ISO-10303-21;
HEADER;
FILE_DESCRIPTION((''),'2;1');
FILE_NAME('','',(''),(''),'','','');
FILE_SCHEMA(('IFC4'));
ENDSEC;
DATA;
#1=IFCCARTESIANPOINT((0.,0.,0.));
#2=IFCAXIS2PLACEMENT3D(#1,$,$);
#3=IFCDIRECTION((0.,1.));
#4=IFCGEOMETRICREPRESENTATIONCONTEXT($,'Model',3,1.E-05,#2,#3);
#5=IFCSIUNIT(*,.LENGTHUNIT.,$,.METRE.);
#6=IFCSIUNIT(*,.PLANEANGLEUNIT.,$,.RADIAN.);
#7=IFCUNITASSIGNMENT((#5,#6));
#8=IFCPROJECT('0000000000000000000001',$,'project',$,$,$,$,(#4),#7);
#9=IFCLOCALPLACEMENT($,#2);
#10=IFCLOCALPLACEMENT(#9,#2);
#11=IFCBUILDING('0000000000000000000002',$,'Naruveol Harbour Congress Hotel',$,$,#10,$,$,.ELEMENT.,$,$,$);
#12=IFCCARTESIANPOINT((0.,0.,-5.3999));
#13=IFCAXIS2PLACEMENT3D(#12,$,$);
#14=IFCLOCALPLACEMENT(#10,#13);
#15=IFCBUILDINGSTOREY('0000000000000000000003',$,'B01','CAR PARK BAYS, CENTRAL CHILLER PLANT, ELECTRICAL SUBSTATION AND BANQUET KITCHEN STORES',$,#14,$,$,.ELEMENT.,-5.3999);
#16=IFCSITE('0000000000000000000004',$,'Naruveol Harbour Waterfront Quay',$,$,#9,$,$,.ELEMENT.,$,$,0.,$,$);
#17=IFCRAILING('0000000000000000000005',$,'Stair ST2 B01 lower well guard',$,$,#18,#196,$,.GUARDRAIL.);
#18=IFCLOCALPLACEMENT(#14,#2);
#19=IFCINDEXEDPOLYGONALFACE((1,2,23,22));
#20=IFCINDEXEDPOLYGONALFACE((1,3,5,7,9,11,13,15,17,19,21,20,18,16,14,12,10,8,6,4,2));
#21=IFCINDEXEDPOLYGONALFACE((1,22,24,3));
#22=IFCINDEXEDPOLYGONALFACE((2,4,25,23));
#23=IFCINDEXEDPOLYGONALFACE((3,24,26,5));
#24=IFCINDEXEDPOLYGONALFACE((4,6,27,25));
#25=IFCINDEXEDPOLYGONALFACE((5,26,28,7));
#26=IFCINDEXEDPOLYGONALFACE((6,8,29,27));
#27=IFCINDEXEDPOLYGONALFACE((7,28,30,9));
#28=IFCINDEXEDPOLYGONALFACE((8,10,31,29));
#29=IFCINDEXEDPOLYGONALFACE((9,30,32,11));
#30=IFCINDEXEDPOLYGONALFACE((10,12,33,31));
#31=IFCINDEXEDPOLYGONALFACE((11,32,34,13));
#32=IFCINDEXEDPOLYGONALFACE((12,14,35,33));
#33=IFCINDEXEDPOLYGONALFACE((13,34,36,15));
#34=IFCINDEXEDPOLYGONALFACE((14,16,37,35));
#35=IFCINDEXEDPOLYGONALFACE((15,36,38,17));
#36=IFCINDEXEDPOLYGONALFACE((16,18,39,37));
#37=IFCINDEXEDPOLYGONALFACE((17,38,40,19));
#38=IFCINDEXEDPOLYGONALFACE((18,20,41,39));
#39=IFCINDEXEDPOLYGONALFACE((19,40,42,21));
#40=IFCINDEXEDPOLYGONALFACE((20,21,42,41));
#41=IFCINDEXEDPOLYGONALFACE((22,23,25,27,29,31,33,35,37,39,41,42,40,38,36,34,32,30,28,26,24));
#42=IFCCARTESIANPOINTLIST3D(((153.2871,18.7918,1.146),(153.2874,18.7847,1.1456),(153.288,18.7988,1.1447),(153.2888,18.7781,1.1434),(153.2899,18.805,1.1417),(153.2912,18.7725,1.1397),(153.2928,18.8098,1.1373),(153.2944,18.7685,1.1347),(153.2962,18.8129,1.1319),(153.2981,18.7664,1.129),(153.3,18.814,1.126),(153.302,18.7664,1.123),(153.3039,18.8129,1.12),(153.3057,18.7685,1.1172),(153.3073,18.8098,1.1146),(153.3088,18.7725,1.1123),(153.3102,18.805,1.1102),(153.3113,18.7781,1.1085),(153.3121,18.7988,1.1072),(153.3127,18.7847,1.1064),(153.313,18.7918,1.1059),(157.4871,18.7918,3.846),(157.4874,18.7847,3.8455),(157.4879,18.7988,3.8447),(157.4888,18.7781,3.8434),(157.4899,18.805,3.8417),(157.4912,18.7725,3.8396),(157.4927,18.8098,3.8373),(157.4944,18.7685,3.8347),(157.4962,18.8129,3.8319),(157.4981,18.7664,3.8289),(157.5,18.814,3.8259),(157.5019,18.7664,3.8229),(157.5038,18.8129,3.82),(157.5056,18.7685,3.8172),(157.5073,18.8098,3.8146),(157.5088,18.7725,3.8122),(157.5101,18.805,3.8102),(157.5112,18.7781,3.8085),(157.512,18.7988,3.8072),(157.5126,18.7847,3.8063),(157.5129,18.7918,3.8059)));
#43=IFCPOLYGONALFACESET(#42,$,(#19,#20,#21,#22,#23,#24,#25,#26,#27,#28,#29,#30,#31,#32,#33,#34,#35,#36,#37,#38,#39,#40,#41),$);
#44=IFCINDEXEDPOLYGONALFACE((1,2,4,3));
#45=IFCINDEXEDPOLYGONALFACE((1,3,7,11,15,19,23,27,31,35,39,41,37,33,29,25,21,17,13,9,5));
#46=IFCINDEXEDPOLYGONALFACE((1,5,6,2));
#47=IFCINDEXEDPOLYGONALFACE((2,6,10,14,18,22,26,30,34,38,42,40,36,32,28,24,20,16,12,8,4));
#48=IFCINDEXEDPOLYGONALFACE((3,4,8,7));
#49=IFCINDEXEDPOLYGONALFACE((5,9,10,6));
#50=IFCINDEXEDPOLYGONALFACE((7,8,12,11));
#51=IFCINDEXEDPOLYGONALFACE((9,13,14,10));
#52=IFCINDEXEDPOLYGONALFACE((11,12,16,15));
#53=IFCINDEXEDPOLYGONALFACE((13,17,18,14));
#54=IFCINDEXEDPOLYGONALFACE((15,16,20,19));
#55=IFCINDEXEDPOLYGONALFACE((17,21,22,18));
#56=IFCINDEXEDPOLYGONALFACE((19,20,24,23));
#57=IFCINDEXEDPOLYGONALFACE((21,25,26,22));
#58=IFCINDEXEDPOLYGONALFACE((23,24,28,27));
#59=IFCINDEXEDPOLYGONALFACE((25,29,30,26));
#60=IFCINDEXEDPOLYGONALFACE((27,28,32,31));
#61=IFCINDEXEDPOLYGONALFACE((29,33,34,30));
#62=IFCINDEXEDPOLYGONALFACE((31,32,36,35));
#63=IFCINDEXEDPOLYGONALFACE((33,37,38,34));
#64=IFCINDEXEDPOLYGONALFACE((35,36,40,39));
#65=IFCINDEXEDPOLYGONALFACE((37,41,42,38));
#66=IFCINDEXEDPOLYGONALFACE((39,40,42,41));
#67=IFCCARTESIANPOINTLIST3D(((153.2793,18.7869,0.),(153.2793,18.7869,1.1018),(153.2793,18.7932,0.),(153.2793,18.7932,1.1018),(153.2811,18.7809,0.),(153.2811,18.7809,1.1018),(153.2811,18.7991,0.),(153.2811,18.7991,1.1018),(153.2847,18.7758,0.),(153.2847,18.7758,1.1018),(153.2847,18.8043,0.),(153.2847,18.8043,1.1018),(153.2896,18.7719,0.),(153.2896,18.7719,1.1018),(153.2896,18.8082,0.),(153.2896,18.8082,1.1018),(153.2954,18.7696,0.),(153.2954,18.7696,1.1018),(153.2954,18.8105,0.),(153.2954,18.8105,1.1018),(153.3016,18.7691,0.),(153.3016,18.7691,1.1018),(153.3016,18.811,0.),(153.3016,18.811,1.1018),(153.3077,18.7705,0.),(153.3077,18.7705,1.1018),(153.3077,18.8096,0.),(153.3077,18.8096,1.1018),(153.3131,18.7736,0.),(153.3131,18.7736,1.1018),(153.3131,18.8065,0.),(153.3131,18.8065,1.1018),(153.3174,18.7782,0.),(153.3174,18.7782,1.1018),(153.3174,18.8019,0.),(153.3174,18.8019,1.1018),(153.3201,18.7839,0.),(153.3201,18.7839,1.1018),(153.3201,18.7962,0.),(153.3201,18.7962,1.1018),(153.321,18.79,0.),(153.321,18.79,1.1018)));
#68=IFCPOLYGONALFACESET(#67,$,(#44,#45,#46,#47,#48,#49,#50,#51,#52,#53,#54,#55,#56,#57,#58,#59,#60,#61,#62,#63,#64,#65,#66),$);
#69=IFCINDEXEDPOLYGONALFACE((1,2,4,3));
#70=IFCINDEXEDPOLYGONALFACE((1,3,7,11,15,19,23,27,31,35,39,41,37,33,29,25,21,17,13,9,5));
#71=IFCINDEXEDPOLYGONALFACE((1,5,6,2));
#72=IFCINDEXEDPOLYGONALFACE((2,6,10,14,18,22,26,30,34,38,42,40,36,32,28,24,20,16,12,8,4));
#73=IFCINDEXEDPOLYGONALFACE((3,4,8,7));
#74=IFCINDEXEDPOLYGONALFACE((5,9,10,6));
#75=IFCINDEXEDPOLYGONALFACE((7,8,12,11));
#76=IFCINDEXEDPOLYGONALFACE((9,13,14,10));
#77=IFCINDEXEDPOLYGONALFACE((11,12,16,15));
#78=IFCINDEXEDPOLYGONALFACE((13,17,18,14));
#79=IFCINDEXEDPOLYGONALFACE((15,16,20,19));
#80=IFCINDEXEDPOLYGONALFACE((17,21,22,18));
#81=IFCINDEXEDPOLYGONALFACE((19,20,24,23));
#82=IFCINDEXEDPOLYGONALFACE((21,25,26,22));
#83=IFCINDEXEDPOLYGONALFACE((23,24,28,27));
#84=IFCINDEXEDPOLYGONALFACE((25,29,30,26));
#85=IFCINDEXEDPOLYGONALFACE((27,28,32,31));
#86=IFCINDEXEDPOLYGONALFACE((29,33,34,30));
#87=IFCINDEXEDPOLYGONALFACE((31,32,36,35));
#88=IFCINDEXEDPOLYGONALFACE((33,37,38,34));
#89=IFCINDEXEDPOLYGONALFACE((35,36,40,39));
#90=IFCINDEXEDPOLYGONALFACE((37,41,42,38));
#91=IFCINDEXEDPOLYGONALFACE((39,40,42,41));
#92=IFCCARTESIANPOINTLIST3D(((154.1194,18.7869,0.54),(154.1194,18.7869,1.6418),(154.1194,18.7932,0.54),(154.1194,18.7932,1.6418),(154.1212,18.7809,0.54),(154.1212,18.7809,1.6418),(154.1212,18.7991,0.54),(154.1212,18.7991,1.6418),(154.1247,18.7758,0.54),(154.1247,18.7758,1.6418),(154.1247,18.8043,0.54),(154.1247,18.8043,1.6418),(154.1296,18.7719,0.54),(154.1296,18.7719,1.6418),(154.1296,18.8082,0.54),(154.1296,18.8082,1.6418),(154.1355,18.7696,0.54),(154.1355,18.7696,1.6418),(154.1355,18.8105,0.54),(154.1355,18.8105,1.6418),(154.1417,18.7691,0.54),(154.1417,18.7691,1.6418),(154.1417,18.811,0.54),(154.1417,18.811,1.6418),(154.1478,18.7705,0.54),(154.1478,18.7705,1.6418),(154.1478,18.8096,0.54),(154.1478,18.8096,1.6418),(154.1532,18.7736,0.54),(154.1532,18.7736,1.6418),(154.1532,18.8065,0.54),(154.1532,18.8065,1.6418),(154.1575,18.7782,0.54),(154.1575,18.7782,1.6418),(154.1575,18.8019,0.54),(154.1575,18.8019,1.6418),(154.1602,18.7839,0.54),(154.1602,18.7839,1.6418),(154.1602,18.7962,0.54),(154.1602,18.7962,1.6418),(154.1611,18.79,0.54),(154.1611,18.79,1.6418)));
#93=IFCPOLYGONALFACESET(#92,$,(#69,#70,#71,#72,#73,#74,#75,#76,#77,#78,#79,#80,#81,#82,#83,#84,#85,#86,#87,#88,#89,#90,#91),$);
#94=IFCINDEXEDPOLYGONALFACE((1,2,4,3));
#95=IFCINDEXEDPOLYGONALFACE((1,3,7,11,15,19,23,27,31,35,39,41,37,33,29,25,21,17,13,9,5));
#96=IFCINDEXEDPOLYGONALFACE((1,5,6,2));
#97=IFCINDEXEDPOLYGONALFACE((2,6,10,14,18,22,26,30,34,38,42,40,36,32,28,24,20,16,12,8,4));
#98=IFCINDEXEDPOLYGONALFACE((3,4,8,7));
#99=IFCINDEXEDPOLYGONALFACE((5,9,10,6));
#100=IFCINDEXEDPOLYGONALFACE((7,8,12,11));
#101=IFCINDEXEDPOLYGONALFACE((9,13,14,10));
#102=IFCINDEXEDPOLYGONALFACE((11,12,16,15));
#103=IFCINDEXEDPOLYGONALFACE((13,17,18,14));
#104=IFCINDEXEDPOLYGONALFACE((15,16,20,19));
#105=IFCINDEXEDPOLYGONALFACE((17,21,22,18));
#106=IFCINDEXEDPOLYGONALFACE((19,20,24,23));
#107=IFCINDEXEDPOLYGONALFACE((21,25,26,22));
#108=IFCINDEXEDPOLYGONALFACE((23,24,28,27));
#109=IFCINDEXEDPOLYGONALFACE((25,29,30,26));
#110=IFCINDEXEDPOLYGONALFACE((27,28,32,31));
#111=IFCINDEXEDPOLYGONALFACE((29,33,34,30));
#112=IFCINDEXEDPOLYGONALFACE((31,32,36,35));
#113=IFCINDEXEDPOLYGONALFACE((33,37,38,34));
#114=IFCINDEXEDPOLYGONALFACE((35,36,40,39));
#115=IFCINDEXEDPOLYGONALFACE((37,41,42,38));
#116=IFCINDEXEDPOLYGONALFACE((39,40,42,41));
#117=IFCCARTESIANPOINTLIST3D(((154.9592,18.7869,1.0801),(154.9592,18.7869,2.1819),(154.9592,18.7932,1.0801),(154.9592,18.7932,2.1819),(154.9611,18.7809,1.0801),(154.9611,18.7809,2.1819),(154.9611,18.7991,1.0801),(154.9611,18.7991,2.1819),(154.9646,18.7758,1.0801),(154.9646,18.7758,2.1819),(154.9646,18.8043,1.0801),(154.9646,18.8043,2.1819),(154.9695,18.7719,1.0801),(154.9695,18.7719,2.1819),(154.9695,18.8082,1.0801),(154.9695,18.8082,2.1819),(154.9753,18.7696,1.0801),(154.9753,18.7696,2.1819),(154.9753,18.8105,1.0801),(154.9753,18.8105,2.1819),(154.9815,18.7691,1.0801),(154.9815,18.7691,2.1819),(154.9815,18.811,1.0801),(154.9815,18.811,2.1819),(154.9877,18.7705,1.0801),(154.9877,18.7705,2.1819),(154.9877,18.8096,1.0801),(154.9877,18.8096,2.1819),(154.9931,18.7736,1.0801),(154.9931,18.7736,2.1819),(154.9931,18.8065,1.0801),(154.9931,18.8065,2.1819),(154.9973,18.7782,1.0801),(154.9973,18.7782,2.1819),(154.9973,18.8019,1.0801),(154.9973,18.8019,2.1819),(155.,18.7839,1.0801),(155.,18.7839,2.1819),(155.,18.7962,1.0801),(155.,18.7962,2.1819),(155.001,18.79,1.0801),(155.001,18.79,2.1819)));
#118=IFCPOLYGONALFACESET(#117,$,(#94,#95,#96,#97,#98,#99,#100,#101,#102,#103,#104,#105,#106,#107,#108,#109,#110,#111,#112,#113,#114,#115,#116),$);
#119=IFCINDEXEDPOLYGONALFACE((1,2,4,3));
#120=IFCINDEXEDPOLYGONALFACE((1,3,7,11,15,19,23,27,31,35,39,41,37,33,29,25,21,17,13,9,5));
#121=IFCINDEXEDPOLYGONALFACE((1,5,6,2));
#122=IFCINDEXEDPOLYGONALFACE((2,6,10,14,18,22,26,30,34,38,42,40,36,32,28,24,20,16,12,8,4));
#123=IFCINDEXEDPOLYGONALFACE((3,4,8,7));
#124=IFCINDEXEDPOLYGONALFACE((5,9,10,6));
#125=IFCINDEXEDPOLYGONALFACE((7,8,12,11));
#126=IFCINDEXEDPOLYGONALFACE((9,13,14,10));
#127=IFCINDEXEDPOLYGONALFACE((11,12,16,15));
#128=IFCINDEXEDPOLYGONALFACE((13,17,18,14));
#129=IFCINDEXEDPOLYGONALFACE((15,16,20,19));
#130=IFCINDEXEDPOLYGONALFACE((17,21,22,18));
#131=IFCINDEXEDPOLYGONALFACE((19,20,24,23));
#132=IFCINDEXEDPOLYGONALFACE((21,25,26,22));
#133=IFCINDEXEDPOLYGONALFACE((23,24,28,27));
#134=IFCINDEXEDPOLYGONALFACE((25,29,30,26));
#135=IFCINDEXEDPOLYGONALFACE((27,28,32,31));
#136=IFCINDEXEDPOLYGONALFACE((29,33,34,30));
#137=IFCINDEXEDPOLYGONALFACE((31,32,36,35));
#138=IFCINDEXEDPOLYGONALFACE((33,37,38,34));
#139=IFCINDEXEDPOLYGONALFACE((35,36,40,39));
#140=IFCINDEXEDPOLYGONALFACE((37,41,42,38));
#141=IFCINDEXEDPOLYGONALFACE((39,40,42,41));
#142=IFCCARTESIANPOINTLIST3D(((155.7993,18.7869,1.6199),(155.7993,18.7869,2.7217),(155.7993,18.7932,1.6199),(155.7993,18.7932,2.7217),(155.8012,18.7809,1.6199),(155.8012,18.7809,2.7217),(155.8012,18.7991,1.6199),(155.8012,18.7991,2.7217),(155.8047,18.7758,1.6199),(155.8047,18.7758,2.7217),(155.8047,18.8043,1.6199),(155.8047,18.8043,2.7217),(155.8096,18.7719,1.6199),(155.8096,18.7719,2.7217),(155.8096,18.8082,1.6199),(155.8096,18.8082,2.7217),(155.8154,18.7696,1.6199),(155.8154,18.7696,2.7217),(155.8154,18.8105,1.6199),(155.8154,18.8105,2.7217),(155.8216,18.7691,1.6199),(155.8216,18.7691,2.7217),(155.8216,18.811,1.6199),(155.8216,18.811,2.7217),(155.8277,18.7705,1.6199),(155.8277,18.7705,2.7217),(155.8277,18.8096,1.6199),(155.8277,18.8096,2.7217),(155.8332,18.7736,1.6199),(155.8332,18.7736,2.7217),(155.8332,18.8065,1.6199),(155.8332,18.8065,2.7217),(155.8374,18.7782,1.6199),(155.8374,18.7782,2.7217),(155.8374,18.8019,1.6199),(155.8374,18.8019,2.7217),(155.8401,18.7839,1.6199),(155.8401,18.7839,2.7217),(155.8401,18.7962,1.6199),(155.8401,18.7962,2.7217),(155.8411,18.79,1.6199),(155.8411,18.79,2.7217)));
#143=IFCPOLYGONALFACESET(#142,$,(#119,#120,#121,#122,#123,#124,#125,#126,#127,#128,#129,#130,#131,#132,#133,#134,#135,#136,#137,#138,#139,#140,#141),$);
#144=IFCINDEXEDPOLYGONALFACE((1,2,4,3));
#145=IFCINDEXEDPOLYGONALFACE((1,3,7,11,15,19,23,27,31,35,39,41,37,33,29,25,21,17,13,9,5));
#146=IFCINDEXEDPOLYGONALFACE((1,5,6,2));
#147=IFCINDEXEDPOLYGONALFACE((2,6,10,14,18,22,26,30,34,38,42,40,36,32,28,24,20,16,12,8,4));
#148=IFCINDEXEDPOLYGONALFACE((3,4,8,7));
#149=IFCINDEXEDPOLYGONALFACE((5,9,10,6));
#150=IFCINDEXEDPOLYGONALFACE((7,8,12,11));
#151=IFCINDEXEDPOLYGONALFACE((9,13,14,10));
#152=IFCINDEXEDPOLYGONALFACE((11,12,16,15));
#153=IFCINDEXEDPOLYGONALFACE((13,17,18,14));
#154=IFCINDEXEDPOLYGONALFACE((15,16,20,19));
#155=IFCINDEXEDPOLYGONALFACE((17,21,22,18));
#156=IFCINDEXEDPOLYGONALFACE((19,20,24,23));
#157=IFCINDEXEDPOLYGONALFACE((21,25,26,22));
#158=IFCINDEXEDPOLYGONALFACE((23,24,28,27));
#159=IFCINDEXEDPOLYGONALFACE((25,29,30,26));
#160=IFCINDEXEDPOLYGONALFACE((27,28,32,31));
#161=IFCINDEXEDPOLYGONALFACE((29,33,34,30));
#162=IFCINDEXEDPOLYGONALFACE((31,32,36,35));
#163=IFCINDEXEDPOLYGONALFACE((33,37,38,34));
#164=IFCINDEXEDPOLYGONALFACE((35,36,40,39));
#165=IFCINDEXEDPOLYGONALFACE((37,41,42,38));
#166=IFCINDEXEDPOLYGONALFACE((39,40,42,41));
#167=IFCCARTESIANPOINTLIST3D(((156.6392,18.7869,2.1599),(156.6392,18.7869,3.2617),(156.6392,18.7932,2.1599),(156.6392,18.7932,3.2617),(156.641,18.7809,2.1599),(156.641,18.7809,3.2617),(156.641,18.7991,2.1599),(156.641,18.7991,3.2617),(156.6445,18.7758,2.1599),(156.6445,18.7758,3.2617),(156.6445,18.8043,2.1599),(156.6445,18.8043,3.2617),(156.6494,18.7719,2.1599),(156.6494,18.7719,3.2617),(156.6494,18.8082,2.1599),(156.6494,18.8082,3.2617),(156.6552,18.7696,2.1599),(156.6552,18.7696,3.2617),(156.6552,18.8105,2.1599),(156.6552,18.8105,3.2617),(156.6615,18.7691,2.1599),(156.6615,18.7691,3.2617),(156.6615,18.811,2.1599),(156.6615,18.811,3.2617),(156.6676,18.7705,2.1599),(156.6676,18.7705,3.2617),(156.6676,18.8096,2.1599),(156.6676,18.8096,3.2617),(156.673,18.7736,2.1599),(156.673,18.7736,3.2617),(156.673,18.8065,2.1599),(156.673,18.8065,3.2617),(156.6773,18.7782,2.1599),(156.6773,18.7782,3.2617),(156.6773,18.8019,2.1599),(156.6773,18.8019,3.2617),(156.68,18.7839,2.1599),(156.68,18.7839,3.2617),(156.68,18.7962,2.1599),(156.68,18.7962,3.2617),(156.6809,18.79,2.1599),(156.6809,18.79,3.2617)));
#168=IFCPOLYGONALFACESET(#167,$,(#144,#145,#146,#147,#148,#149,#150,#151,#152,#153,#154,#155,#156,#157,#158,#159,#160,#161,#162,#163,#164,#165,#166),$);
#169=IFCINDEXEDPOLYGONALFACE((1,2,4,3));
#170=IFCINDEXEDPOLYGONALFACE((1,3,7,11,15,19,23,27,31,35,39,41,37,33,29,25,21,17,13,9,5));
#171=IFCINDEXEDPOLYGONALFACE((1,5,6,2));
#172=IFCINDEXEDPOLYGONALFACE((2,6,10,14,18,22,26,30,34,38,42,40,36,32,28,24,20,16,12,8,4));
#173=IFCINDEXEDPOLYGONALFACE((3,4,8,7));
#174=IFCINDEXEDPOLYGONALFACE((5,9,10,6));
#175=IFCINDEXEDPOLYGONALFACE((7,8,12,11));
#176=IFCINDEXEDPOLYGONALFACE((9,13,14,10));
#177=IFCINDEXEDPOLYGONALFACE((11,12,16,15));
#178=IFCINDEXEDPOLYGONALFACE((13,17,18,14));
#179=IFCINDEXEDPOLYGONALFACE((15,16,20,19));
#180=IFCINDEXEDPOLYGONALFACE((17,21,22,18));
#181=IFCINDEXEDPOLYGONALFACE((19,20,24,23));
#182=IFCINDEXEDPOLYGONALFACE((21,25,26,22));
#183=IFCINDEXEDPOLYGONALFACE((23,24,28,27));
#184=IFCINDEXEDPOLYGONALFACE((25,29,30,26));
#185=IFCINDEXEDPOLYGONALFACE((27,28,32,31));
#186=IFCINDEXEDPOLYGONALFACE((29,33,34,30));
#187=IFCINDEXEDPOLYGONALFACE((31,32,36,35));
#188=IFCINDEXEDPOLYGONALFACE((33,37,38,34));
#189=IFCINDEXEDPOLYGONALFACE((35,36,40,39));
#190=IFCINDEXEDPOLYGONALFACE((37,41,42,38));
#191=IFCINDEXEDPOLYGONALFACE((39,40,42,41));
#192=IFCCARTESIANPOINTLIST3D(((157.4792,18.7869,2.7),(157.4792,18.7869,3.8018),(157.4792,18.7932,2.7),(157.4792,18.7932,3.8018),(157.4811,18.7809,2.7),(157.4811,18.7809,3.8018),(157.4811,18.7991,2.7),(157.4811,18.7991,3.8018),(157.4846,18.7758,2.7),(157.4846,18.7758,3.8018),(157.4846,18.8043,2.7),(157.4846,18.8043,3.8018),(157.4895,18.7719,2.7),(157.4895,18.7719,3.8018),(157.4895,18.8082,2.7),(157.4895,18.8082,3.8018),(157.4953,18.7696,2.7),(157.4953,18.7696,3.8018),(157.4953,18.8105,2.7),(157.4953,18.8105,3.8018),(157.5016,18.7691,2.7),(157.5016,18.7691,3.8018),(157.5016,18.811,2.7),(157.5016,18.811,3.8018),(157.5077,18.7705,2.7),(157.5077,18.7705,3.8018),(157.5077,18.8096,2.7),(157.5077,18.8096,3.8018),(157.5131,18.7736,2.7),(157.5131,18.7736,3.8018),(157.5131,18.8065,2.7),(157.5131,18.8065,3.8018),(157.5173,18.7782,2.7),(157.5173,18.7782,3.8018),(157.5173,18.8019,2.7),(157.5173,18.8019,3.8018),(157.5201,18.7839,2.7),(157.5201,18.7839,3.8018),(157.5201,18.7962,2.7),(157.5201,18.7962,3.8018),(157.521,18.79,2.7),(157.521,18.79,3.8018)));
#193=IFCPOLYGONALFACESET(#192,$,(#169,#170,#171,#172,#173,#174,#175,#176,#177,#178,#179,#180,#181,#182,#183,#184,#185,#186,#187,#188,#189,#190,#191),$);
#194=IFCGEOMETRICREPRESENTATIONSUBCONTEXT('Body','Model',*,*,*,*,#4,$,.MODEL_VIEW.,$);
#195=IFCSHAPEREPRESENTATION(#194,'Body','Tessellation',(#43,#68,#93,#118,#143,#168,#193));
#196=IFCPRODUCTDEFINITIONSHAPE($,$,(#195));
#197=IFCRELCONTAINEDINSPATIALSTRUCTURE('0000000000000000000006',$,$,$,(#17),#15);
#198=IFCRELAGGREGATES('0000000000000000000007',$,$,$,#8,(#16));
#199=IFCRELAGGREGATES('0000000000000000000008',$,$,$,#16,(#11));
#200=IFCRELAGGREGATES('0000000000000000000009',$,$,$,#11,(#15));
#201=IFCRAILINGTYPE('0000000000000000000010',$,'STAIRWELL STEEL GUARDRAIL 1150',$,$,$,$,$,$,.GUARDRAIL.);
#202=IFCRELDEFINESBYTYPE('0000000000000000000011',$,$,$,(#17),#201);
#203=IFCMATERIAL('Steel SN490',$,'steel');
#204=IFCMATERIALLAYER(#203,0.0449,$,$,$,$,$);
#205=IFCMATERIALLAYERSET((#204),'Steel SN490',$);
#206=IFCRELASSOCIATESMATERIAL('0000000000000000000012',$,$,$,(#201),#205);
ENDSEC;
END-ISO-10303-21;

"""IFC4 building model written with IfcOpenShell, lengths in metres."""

from ifc_helpers import new_model, si_unit, direction, frame, origin, origin_2d, place, context, subcontext, project, spatial, circle, extrude, material, layer, layer_set, type_object, element, save


model = new_model("IFC4")

# Units and contexts
model_context = context("Model", 3, precision=1e-05, world=origin(), true_north=direction((0.0, 1.0)))
body_context = subcontext(model_context, "Body", "Model", "MODEL_VIEW")
ifc_project = project(units=[si_unit("LENGTHUNIT", "METRE"), si_unit("PLANEANGLEUNIT", "RADIAN")], contexts=[model_context])

# Site, building, storey
site_placement = place(None, origin())
site = spatial("IfcSite", under=ifc_project, at=site_placement, Name="Naruveol Harbour Waterfront Quay", CompositionType="ELEMENT", RefElevation=0.0)
building_placement = place(site_placement, origin())
building = spatial("IfcBuilding", under=site, at=building_placement, Name="Naruveol Harbour Congress Hotel", CompositionType="ELEMENT")
storey_placement = place(building_placement, frame((0.0, 0.0, -5.3999)))
storey = spatial("IfcBuildingStorey", under=building, at=storey_placement, Name="B01", Description="CAR PARK BAYS, CENTRAL CHILLER PLANT, ELECTRICAL SUBSTATION AND BANQUET KITCHEN STORES", CompositionType="ELEMENT", Elevation=-5.3999)

# Railing
ifc_material_1 = material(Name="Steel SN490", Category="steel")
ifc_layer_1 = layer(ifc_material_1, 0.0449)
ifc_layer_set_1 = layer_set([ifc_layer_1], Name="Steel SN490")
railing_type = type_object("IfcRailingType", Name="STAIRWELL STEEL GUARDRAIL 1150", PredefinedType="GUARDRAIL", material=ifc_layer_set_1)
railing_placement = place(storey_placement, frame((153.3, 18.79, 0.0)))
element("IfcRailing", 1, at=railing_placement, inside=storey, type_object=railing_type, Name="Stair ST2 B01 lower well guard", PredefinedType="GUARDRAIL", context=body_context, shape_type="SweptSolid", body=[
    extrude(circle(Radius=0.0239, at=origin_2d()), frame((0.0, 0.0, 1.126), z_axis=(0.84118, 0.0, 0.540755), x_axis=(0.0, 1.0, 0.0)), (0.0, 0.0, 1.0), 4.9929),
    extrude(circle(Radius=0.021, at=origin_2d()), origin(), (0.0, 0.0, 1.0), 1.1018),
    extrude(circle(Radius=0.021, at=origin_2d()), frame((0.8401, 0.0, 0.54)), (0.0, 0.0, 1.0), 1.1018),
    extrude(circle(Radius=0.021, at=origin_2d()), frame((1.6799, 0.0, 1.0801)), (0.0, 0.0, 1.0), 1.1018),
    extrude(circle(Radius=0.021, at=origin_2d()), frame((2.52, 0.0, 1.6199)), (0.0, 0.0, 1.0), 1.1018),
    extrude(circle(Radius=0.021, at=origin_2d()), frame((3.3599, 0.0, 2.1599)), (0.0, 0.0, 1.0), 1.1018),
    extrude(circle(Radius=0.021, at=origin_2d()), frame((4.2, 0.0, 2.7)), (0.0, 0.0, 1.0), 1.1018),
])

save(model, "model.ifc")
